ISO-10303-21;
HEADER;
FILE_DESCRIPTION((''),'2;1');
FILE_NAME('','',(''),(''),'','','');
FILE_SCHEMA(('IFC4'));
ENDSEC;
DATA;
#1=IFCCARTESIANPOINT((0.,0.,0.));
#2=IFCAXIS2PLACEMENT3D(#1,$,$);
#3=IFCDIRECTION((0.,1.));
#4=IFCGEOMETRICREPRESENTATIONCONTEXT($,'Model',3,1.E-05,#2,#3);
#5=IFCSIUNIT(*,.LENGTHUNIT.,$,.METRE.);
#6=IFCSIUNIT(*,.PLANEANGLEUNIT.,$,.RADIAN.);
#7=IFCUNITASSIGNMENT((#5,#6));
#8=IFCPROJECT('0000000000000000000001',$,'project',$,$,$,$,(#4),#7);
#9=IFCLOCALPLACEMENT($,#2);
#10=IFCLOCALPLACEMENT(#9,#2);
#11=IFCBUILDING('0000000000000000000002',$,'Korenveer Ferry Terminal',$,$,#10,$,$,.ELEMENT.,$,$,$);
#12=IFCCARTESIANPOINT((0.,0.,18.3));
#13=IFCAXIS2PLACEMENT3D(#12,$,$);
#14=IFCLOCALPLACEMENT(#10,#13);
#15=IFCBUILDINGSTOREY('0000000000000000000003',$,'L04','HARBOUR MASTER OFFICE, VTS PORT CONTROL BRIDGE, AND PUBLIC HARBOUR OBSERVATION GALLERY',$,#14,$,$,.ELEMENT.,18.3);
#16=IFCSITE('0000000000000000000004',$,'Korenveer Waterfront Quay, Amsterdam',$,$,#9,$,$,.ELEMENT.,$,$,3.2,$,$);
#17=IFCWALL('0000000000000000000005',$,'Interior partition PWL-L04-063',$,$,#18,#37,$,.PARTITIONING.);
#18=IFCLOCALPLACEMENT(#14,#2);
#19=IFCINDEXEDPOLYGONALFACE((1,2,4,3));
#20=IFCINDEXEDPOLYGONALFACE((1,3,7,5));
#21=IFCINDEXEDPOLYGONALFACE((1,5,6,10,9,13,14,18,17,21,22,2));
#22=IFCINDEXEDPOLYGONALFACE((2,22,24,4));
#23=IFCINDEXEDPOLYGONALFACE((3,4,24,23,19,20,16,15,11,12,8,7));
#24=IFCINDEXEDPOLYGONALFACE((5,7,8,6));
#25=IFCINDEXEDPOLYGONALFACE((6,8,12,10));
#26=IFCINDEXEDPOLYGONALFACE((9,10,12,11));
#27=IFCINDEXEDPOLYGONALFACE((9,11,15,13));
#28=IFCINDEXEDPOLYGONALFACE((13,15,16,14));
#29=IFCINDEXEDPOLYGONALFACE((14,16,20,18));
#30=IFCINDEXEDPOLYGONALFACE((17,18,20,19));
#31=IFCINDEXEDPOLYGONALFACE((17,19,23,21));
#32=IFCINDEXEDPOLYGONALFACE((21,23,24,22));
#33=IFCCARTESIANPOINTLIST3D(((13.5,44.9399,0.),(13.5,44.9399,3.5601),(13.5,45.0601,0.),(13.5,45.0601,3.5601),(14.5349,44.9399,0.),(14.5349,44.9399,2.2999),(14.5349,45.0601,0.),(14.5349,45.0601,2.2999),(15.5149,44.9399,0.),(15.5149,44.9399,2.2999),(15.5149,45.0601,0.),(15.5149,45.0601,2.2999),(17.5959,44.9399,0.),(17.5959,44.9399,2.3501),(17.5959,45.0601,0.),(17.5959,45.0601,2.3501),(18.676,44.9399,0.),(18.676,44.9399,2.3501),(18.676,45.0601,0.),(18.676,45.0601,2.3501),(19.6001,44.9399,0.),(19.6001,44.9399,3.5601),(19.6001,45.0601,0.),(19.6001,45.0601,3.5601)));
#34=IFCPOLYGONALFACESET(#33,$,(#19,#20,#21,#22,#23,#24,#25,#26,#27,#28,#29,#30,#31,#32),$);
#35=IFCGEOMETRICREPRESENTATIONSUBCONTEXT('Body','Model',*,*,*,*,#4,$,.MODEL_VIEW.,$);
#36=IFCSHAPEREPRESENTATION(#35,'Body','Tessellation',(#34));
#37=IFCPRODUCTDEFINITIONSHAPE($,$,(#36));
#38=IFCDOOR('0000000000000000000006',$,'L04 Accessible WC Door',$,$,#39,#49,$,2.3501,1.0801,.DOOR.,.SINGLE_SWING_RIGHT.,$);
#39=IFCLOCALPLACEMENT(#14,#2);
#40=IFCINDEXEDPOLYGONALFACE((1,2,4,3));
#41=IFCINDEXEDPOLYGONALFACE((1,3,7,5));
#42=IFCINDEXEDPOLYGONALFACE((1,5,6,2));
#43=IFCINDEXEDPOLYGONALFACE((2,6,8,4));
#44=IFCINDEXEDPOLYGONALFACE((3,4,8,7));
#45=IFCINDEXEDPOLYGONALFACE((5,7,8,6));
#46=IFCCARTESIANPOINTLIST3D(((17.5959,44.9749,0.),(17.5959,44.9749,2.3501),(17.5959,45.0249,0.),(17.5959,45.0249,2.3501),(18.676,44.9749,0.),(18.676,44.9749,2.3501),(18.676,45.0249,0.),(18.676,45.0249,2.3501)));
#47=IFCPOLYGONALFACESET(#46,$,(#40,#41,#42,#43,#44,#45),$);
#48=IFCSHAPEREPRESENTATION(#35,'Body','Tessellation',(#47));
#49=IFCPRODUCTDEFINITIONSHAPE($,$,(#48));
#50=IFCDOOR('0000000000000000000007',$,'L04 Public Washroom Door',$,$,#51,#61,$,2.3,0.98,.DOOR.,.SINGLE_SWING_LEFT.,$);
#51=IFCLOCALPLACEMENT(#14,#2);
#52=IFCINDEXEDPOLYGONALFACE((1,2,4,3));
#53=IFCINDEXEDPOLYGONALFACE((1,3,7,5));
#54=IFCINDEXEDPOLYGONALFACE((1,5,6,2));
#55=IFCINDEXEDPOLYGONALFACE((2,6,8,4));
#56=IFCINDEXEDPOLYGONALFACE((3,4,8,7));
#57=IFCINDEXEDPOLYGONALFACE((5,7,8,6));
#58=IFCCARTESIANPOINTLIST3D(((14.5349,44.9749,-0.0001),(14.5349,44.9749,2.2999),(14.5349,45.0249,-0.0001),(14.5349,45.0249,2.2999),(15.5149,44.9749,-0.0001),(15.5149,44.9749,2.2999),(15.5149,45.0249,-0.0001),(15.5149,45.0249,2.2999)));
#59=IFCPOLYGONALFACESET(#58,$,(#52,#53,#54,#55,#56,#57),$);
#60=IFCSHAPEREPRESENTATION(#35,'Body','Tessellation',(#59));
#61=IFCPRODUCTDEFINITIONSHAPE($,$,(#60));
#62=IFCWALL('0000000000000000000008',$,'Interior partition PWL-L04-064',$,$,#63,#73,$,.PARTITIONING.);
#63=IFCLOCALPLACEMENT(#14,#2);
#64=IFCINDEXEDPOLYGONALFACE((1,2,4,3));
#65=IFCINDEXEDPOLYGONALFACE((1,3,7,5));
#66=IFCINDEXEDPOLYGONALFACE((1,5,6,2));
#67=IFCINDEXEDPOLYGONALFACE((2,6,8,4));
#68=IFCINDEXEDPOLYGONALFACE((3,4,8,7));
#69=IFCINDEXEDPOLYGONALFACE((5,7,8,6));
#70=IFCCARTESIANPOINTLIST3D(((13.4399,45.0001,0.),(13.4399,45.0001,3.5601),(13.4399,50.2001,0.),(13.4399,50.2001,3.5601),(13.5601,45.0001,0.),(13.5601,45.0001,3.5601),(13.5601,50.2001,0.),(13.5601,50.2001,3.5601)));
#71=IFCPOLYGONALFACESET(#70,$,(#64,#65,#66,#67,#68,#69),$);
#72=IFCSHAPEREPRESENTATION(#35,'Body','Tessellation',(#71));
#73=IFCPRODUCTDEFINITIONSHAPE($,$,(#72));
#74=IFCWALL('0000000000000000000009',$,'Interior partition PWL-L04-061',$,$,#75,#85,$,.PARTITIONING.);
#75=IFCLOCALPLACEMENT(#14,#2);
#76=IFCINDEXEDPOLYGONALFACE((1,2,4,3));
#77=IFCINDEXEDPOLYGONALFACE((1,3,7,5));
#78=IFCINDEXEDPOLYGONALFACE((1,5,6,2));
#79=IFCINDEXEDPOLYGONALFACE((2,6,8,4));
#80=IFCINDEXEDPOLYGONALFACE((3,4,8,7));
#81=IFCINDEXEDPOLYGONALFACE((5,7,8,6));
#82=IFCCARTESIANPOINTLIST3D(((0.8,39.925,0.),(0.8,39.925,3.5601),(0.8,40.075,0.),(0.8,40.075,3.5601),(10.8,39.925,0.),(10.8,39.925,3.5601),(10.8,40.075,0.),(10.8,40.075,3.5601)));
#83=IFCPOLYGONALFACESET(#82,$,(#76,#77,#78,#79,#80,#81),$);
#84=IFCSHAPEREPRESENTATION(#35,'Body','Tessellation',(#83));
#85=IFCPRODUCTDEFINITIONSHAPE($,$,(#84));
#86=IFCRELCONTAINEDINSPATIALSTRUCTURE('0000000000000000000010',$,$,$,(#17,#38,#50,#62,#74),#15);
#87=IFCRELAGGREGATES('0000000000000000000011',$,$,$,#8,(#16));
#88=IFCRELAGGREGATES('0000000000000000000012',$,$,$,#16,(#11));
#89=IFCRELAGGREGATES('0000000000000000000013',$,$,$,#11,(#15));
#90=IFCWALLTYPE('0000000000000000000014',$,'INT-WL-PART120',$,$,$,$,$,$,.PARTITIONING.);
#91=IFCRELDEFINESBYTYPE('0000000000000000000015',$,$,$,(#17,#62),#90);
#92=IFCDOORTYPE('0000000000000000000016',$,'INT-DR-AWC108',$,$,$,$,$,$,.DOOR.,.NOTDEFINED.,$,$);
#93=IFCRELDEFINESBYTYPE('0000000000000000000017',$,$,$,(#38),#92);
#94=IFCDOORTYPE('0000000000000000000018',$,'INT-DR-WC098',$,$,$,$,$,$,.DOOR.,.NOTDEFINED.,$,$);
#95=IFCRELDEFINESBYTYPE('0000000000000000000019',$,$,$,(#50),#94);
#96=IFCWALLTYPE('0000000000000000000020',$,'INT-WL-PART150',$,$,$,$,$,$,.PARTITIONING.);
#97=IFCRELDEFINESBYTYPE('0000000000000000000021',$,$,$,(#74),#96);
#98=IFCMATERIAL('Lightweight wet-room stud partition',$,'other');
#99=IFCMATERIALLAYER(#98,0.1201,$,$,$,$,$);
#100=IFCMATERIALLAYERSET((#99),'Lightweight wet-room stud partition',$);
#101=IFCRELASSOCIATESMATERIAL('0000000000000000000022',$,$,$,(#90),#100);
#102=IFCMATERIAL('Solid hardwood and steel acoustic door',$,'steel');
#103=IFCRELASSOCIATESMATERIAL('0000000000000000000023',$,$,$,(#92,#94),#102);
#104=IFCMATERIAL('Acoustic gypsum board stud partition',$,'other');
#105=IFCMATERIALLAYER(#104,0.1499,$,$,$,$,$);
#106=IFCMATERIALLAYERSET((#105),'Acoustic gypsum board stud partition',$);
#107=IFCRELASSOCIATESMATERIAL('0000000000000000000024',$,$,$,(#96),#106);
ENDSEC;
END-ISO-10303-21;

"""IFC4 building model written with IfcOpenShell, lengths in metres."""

from ifc_helpers import new_model, si_unit, direction, frame, frame_2d, origin, place, context, subcontext, project, spatial, rectangle, extrude, material, layer, layer_set, type_object, element, fill, save


model = new_model("IFC4")

# Units and contexts
model_context = context("Model", 3, precision=1e-05, world=origin(), true_north=direction((0.0, 1.0)))
body_context = subcontext(model_context, "Body", "Model", "MODEL_VIEW")
ifc_project = project(units=[si_unit("LENGTHUNIT", "METRE"), si_unit("PLANEANGLEUNIT", "RADIAN")], contexts=[model_context])

# Site, building, storey
site_placement = place(None, origin())
site = spatial("IfcSite", under=ifc_project, at=site_placement, Name="Korenveer Waterfront Quay, Amsterdam", CompositionType="ELEMENT", RefElevation=3.2)
building_placement = place(site_placement, origin())
building = spatial("IfcBuilding", under=site, at=building_placement, Name="Korenveer Ferry Terminal", CompositionType="ELEMENT")
storey_placement = place(building_placement, frame((0.0, 0.0, 18.3)))
storey = spatial("IfcBuildingStorey", under=building, at=storey_placement, Name="L04", Description="HARBOUR MASTER OFFICE, VTS PORT CONTROL BRIDGE, AND PUBLIC HARBOUR OBSERVATION GALLERY", CompositionType="ELEMENT", Elevation=18.3)

# Wall, openings, doors
ifc_material_1 = material(Name="Lightweight wet-room stud partition", Category="other")
ifc_layer_1 = layer(ifc_material_1, 0.1201)
ifc_layer_set_1 = layer_set([ifc_layer_1], Name="Lightweight wet-room stud partition")
wall_type_1 = type_object("IfcWallType", Name="INT-WL-PART120", PredefinedType="PARTITIONING", material=ifc_layer_set_1)
wall_1_placement = place(storey_placement, frame((13.5, 45.0, 0.0), z_axis=(0.0, 0.0, 1.0), x_axis=(1.0, 0.0, 0.0)))
wall_1 = element("IfcWall", 1, at=wall_1_placement, inside=storey, type_object=wall_type_1, Name="Interior partition PWL-L04-063", PredefinedType="PARTITIONING", context=body_context, shape_type="SweptSolid", body=[
    extrude(rectangle(XDim=6.1001, YDim=0.1201, at=frame_2d((3.05, 0.0))), origin(), (0.0, 0.0, 1.0), 3.5601),
])
opening_1_placement = place(wall_1_placement, frame((1.0349, 0.0, 0.0)))
opening_1 = element("IfcOpeningElement", 2, at=opening_1_placement, cuts=wall_1, PredefinedType="OPENING", context=body_context, shape_type="SweptSolid", body=[
    extrude(rectangle(XDim=0.98, YDim=2.3, at=frame_2d((0.49, 1.1499))), frame((0.0, 0.0701, 0.0), z_axis=(0.0, -1.0, 0.0), x_axis=(1.0, 0.0, 0.0)), (0.0, 0.0, 1.0), 0.1401),
])
opening_2_placement = place(wall_1_placement, frame((4.0959, 0.0, 0.0)))
opening_2 = element("IfcOpeningElement", 3, at=opening_2_placement, cuts=wall_1, PredefinedType="OPENING", context=body_context, shape_type="SweptSolid", body=[
    extrude(rectangle(XDim=1.0801, YDim=2.3501, at=frame_2d((0.54, 1.175))), frame((0.0, 0.0701, 0.0), z_axis=(0.0, -1.0, 0.0), x_axis=(1.0, 0.0, 0.0)), (0.0, 0.0, 1.0), 0.1401),
])
ifc_material_2 = material(Name="Solid hardwood and steel acoustic door", Category="steel")
door_type_1 = type_object("IfcDoorType", Name="INT-DR-AWC108", OperationType="NOTDEFINED", PredefinedType="DOOR", material=ifc_material_2)
door_1_placement = place(opening_2_placement, origin())
door_1 = element("IfcDoor", 4, at=door_1_placement, inside=storey, type_object=door_type_1, Name="L04 Accessible WC Door", OperationType="SINGLE_SWING_RIGHT", OverallHeight=2.3501, OverallWidth=1.0801, PredefinedType="DOOR", context=body_context, shape_type="SweptSolid", body=[
    extrude(rectangle(XDim=1.0801, YDim=2.3501, at=frame_2d((0.54, 1.175))), frame((0.0, 0.0249, 0.0), z_axis=(0.0, -1.0, 0.0), x_axis=(1.0, 0.0, 0.0)), (0.0, 0.0, 1.0), 0.05),
])
fill(opening_2, door_1)
door_type_2 = type_object("IfcDoorType", Name="INT-DR-WC098", OperationType="NOTDEFINED", PredefinedType="DOOR", material=ifc_material_2)
door_2_placement = place(opening_1_placement, origin())
door_2 = element("IfcDoor", 5, at=door_2_placement, inside=storey, type_object=door_type_2, Name="L04 Public Washroom Door", OperationType="SINGLE_SWING_LEFT", OverallHeight=2.3, OverallWidth=0.98, PredefinedType="DOOR", context=body_context, shape_type="SweptSolid", body=[
    extrude(rectangle(XDim=0.98, YDim=2.3, at=frame_2d((0.49, 1.1499))), frame((0.0, 0.0249, 0.0), z_axis=(0.0, -1.0, 0.0), x_axis=(1.0, 0.0, 0.0)), (0.0, 0.0, 1.0), 0.05),
])
fill(opening_1, door_2)

# Walls
wall_2_placement = place(storey_placement, frame((13.5, 45.0, 0.0), z_axis=(0.0, 0.0, 1.0), x_axis=(0.0, 1.0, 0.0)))
element("IfcWall", 6, at=wall_2_placement, inside=storey, type_object=wall_type_1, Name="Interior partition PWL-L04-064", PredefinedType="PARTITIONING", context=body_context, shape_type="SweptSolid", body=[
    extrude(rectangle(XDim=5.2, YDim=0.1201, at=frame_2d((2.6001, 0.0))), origin(), (0.0, 0.0, 1.0), 3.5601),
])
ifc_material_3 = material(Name="Acoustic gypsum board stud partition", Category="other")
ifc_layer_2 = layer(ifc_material_3, 0.1499)
ifc_layer_set_2 = layer_set([ifc_layer_2], Name="Acoustic gypsum board stud partition")
wall_type_2 = type_object("IfcWallType", Name="INT-WL-PART150", PredefinedType="PARTITIONING", material=ifc_layer_set_2)
wall_3_placement = place(storey_placement, frame((0.8, 40.0, 0.0), z_axis=(0.0, 0.0, 1.0), x_axis=(1.0, 0.0, 0.0)))
element("IfcWall", 7, at=wall_3_placement, inside=storey, type_object=wall_type_2, Name="Interior partition PWL-L04-061", PredefinedType="PARTITIONING", context=body_context, shape_type="SweptSolid", body=[
    extrude(rectangle(XDim=10.0, YDim=0.1499, at=frame_2d((5.0, 0.0))), origin(), (0.0, 0.0, 1.0), 3.5601),
])

save(model, "model.ifc")
